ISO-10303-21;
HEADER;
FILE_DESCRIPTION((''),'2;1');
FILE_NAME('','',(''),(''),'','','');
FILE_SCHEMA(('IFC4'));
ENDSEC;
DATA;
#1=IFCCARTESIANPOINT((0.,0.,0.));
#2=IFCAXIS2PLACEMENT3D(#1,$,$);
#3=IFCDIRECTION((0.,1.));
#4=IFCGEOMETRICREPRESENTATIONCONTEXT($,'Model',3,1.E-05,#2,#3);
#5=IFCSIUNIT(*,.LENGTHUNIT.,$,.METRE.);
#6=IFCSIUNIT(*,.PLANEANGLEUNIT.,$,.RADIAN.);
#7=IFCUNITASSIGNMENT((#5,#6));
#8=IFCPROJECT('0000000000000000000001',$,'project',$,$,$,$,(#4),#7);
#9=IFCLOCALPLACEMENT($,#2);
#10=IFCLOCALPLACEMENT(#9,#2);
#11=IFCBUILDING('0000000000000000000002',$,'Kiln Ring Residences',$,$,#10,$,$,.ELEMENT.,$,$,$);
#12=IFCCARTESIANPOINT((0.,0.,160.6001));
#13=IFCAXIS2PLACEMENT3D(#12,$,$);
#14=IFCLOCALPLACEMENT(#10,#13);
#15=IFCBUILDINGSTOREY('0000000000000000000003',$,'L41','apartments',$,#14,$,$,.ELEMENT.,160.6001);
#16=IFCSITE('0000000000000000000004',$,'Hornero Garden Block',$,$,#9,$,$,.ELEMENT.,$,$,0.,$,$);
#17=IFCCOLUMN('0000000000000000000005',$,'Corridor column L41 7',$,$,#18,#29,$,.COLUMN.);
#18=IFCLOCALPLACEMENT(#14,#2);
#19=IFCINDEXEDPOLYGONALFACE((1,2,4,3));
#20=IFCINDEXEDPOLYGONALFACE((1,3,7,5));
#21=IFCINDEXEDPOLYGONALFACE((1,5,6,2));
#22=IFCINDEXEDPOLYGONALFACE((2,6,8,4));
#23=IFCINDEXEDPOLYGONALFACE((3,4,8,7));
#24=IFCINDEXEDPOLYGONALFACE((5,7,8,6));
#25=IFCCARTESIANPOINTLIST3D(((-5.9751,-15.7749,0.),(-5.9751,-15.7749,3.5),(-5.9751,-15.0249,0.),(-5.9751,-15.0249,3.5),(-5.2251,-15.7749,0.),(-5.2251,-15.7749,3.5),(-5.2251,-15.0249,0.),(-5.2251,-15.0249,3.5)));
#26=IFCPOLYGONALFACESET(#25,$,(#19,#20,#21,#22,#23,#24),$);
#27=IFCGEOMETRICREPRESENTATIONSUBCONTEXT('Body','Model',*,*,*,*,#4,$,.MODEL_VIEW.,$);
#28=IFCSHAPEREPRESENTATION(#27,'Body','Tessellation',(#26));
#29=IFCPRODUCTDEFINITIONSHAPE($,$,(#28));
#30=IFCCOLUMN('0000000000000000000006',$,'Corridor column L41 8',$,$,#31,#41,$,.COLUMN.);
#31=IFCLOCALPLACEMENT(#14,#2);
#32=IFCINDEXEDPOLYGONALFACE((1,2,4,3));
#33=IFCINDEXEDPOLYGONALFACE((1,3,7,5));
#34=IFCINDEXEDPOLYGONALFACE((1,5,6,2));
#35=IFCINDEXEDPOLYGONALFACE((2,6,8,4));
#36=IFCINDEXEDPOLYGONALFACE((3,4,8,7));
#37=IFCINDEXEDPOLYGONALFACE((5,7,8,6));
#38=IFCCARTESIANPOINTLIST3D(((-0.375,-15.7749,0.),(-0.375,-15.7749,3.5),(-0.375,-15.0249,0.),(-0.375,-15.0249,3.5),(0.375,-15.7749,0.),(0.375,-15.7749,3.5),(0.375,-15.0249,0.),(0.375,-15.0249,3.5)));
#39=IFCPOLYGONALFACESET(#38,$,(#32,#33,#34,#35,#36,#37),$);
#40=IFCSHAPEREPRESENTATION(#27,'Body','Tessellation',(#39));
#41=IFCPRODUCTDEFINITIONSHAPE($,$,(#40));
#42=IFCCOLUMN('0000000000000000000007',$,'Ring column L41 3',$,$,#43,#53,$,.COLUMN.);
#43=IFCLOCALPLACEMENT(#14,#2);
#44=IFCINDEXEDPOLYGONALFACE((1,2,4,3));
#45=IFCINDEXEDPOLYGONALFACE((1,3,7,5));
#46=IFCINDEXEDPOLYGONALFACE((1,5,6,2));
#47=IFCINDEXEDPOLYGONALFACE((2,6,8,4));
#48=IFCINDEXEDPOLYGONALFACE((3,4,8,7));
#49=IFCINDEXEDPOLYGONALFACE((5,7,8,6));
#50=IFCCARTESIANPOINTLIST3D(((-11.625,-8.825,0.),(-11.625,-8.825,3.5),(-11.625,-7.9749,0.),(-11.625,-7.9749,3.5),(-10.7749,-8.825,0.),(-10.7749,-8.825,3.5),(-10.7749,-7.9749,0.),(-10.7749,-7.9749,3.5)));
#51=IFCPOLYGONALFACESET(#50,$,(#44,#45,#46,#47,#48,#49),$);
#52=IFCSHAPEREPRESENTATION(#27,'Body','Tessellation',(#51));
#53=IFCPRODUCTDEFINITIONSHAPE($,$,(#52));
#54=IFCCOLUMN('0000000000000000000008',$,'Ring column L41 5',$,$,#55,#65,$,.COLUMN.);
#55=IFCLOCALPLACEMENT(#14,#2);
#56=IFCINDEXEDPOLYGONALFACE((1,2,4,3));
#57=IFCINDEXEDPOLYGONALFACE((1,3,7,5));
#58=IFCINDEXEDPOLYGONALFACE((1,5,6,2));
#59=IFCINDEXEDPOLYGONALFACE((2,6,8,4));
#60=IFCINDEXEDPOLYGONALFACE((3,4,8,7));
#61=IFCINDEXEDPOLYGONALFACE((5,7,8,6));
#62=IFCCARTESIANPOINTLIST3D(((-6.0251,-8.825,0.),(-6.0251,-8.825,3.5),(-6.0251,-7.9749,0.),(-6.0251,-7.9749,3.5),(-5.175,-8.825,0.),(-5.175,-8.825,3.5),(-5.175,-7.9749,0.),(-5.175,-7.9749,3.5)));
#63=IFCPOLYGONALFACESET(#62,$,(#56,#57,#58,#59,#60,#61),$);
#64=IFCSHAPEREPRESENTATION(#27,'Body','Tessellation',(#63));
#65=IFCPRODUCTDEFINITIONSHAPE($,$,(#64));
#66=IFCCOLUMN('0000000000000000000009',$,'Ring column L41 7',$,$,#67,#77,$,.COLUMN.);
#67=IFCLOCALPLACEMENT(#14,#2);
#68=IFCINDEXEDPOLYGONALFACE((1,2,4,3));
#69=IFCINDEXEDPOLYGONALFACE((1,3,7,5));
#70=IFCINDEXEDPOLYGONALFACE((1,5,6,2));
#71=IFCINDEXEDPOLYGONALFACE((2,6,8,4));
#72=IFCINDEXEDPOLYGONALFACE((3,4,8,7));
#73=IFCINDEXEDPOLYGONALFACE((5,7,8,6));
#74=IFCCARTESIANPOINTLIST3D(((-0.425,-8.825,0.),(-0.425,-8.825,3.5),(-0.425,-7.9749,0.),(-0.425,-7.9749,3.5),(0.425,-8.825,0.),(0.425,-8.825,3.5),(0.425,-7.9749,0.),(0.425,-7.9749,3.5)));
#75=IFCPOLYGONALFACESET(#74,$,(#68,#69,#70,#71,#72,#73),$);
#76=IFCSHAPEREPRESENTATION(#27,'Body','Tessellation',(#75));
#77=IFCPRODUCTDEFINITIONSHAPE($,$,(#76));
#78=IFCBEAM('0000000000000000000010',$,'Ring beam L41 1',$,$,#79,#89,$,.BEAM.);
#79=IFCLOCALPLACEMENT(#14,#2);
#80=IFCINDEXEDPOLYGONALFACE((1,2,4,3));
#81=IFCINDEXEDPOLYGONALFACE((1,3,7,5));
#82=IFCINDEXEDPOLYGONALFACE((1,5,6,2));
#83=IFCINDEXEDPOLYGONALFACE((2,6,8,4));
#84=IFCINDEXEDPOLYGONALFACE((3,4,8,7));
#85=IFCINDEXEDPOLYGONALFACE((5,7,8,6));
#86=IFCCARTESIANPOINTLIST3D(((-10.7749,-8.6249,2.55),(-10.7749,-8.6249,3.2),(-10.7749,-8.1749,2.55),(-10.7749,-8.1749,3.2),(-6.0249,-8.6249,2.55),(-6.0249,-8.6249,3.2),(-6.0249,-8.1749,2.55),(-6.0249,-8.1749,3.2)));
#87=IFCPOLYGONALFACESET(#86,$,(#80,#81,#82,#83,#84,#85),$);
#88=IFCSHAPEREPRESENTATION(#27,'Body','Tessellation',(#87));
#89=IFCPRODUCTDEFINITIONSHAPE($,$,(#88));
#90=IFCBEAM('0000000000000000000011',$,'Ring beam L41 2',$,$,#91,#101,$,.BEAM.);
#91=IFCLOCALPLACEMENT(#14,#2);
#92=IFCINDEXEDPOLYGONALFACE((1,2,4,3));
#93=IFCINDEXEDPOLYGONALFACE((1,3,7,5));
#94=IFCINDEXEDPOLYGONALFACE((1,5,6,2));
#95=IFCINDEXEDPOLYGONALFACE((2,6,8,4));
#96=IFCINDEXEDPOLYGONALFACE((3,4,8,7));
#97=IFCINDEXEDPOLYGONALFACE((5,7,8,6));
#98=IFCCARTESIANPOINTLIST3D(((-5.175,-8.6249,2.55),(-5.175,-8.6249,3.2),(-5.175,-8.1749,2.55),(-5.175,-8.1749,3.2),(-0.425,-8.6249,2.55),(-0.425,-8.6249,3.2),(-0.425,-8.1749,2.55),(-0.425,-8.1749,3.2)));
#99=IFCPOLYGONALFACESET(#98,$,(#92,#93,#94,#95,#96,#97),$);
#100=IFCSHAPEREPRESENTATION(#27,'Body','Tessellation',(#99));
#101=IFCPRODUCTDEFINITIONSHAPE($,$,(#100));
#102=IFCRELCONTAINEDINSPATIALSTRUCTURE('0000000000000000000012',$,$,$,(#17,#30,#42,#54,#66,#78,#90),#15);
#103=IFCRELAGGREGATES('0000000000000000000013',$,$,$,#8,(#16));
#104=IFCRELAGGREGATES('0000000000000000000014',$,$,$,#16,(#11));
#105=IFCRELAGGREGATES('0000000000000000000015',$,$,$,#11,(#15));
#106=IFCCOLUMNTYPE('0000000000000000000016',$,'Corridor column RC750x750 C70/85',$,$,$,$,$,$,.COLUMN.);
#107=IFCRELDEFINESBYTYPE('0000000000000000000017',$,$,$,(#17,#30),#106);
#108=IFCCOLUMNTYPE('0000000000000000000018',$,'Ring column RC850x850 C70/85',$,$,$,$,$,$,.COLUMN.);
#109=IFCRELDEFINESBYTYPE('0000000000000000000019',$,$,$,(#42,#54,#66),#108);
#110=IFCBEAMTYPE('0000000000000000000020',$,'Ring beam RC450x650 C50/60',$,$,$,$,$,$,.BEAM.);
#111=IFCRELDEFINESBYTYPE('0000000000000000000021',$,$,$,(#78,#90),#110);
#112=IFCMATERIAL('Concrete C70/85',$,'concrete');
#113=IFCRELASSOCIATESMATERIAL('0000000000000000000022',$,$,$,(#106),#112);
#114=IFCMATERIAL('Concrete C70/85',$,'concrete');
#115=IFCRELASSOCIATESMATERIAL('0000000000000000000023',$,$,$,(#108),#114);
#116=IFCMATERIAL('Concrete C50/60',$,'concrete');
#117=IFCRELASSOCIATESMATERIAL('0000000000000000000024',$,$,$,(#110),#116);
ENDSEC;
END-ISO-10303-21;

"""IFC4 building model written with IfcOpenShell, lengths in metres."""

from ifc_helpers import new_model, si_unit, direction, frame, origin, origin_2d, place, context, subcontext, project, spatial, rectangle, extrude, material, material_profile, profile_set, type_object, element, save


model = new_model("IFC4")

# Units and contexts
model_context = context("Model", 3, precision=1e-05, world=origin(), true_north=direction((0.0, 1.0)))
body_context = subcontext(model_context, "Body", "Model", "MODEL_VIEW")
ifc_project = project(units=[si_unit("LENGTHUNIT", "METRE"), si_unit("PLANEANGLEUNIT", "RADIAN")], contexts=[model_context])

# Site, building, storey
site_placement = place(None, origin())
site = spatial("IfcSite", under=ifc_project, at=site_placement, Name="Hornero Garden Block", CompositionType="ELEMENT", RefElevation=0.0)
building_placement = place(site_placement, origin())
building = spatial("IfcBuilding", under=site, at=building_placement, Name="Kiln Ring Residences", CompositionType="ELEMENT")
storey_placement = place(building_placement, frame((0.0, 0.0, 160.6001)))
storey = spatial("IfcBuildingStorey", under=building, at=storey_placement, Name="L41", Description="apartments", CompositionType="ELEMENT", Elevation=160.6001)

# Columns
ifc_material_1 = material(Name="Concrete C70/85", Category="concrete")
ifc_material_profile_1 = material_profile(ifc_material_1, rectangle(XDim=0.75, YDim=0.75, at=origin_2d()), Name="RC750x750")
ifc_profile_set_1 = profile_set([ifc_material_profile_1], Name="Concrete C70/85")
column_type_1 = type_object("IfcColumnType", Name="Corridor column RC750x750 C70/85", PredefinedType="COLUMN", material=ifc_profile_set_1)
for number, where, z_axis, x_axis, name in (
    (1, (-5.6001, -15.3999, 0.0), (0.0, 0.0, 1.0), (1.0, 0.0, 0.0), "Corridor column L41 7"),
    (2, (0.0, -15.3999, 0.0), (0.0, 0.0, 1.0), (1.0, 0.0, 0.0), "Corridor column L41 8"),
):
    element("IfcColumn", number, at=place(storey_placement, frame(where, z_axis=z_axis, x_axis=x_axis)), inside=storey, type_object=column_type_1, Name=name, PredefinedType="COLUMN", context=body_context, shape_type="SweptSolid", body=[
        extrude(rectangle(XDim=0.75, YDim=0.75, at=origin_2d()), origin(), (0.0, 0.0, 1.0), 3.5),
    ])
ifc_material_2 = material(Name="Concrete C70/85", Category="concrete")
ifc_material_profile_2 = material_profile(ifc_material_2, rectangle(XDim=0.8501, YDim=0.8501, at=origin_2d()), Name="RC850x850")
ifc_profile_set_2 = profile_set([ifc_material_profile_2], Name="Concrete C70/85")
column_type_2 = type_object("IfcColumnType", Name="Ring column RC850x850 C70/85", PredefinedType="COLUMN", material=ifc_profile_set_2)
for number, where, z_axis, x_axis, name in (
    (3, (-11.2, -8.3999, 0.0), (0.0, 0.0, 1.0), (1.0, 0.0, 0.0), "Ring column L41 3"),
    (4, (-5.6001, -8.3999, 0.0), (0.0, 0.0, 1.0), (1.0, 0.0, 0.0), "Ring column L41 5"),
    (5, (0.0, -8.3999, 0.0), (0.0, 0.0, 1.0), (1.0, 0.0, 0.0), "Ring column L41 7"),
):
    element("IfcColumn", number, at=place(storey_placement, frame(where, z_axis=z_axis, x_axis=x_axis)), inside=storey, type_object=column_type_2, Name=name, PredefinedType="COLUMN", context=body_context, shape_type="SweptSolid", body=[
        extrude(rectangle(XDim=0.8501, YDim=0.8501, at=origin_2d()), origin(), (0.0, 0.0, 1.0), 3.5),
    ])

# Beams
ifc_material_3 = material(Name="Concrete C50/60", Category="concrete")
ifc_material_profile_3 = material_profile(ifc_material_3, rectangle(XDim=0.45, YDim=0.6499, at=origin_2d()), Name="RC450x650")
ifc_profile_set_3 = profile_set([ifc_material_profile_3], Name="Concrete C50/60")
beam_type = type_object("IfcBeamType", Name="Ring beam RC450x650 C50/60", PredefinedType="BEAM", material=ifc_profile_set_3)
for number, where, z_axis, x_axis, name in (
    (6, (-10.7749, -8.3999, 2.875), (1.0, 0.0, 0.0), (0.0, 1.0, 0.0), "Ring beam L41 1"),
    (7, (-5.175, -8.3999, 2.875), (1.0, 0.0, 0.0), (0.0, 1.0, 0.0), "Ring beam L41 2"),
):
    element("IfcBeam", number, at=place(storey_placement, frame(where, z_axis=z_axis, x_axis=x_axis)), inside=storey, type_object=beam_type, Name=name, PredefinedType="BEAM", context=body_context, shape_type="SweptSolid", body=[
        extrude(rectangle(XDim=0.45, YDim=0.6499, at=origin_2d()), origin(), (0.0, 0.0, 1.0), 4.75),
    ])

save(model, "model.ifc")
